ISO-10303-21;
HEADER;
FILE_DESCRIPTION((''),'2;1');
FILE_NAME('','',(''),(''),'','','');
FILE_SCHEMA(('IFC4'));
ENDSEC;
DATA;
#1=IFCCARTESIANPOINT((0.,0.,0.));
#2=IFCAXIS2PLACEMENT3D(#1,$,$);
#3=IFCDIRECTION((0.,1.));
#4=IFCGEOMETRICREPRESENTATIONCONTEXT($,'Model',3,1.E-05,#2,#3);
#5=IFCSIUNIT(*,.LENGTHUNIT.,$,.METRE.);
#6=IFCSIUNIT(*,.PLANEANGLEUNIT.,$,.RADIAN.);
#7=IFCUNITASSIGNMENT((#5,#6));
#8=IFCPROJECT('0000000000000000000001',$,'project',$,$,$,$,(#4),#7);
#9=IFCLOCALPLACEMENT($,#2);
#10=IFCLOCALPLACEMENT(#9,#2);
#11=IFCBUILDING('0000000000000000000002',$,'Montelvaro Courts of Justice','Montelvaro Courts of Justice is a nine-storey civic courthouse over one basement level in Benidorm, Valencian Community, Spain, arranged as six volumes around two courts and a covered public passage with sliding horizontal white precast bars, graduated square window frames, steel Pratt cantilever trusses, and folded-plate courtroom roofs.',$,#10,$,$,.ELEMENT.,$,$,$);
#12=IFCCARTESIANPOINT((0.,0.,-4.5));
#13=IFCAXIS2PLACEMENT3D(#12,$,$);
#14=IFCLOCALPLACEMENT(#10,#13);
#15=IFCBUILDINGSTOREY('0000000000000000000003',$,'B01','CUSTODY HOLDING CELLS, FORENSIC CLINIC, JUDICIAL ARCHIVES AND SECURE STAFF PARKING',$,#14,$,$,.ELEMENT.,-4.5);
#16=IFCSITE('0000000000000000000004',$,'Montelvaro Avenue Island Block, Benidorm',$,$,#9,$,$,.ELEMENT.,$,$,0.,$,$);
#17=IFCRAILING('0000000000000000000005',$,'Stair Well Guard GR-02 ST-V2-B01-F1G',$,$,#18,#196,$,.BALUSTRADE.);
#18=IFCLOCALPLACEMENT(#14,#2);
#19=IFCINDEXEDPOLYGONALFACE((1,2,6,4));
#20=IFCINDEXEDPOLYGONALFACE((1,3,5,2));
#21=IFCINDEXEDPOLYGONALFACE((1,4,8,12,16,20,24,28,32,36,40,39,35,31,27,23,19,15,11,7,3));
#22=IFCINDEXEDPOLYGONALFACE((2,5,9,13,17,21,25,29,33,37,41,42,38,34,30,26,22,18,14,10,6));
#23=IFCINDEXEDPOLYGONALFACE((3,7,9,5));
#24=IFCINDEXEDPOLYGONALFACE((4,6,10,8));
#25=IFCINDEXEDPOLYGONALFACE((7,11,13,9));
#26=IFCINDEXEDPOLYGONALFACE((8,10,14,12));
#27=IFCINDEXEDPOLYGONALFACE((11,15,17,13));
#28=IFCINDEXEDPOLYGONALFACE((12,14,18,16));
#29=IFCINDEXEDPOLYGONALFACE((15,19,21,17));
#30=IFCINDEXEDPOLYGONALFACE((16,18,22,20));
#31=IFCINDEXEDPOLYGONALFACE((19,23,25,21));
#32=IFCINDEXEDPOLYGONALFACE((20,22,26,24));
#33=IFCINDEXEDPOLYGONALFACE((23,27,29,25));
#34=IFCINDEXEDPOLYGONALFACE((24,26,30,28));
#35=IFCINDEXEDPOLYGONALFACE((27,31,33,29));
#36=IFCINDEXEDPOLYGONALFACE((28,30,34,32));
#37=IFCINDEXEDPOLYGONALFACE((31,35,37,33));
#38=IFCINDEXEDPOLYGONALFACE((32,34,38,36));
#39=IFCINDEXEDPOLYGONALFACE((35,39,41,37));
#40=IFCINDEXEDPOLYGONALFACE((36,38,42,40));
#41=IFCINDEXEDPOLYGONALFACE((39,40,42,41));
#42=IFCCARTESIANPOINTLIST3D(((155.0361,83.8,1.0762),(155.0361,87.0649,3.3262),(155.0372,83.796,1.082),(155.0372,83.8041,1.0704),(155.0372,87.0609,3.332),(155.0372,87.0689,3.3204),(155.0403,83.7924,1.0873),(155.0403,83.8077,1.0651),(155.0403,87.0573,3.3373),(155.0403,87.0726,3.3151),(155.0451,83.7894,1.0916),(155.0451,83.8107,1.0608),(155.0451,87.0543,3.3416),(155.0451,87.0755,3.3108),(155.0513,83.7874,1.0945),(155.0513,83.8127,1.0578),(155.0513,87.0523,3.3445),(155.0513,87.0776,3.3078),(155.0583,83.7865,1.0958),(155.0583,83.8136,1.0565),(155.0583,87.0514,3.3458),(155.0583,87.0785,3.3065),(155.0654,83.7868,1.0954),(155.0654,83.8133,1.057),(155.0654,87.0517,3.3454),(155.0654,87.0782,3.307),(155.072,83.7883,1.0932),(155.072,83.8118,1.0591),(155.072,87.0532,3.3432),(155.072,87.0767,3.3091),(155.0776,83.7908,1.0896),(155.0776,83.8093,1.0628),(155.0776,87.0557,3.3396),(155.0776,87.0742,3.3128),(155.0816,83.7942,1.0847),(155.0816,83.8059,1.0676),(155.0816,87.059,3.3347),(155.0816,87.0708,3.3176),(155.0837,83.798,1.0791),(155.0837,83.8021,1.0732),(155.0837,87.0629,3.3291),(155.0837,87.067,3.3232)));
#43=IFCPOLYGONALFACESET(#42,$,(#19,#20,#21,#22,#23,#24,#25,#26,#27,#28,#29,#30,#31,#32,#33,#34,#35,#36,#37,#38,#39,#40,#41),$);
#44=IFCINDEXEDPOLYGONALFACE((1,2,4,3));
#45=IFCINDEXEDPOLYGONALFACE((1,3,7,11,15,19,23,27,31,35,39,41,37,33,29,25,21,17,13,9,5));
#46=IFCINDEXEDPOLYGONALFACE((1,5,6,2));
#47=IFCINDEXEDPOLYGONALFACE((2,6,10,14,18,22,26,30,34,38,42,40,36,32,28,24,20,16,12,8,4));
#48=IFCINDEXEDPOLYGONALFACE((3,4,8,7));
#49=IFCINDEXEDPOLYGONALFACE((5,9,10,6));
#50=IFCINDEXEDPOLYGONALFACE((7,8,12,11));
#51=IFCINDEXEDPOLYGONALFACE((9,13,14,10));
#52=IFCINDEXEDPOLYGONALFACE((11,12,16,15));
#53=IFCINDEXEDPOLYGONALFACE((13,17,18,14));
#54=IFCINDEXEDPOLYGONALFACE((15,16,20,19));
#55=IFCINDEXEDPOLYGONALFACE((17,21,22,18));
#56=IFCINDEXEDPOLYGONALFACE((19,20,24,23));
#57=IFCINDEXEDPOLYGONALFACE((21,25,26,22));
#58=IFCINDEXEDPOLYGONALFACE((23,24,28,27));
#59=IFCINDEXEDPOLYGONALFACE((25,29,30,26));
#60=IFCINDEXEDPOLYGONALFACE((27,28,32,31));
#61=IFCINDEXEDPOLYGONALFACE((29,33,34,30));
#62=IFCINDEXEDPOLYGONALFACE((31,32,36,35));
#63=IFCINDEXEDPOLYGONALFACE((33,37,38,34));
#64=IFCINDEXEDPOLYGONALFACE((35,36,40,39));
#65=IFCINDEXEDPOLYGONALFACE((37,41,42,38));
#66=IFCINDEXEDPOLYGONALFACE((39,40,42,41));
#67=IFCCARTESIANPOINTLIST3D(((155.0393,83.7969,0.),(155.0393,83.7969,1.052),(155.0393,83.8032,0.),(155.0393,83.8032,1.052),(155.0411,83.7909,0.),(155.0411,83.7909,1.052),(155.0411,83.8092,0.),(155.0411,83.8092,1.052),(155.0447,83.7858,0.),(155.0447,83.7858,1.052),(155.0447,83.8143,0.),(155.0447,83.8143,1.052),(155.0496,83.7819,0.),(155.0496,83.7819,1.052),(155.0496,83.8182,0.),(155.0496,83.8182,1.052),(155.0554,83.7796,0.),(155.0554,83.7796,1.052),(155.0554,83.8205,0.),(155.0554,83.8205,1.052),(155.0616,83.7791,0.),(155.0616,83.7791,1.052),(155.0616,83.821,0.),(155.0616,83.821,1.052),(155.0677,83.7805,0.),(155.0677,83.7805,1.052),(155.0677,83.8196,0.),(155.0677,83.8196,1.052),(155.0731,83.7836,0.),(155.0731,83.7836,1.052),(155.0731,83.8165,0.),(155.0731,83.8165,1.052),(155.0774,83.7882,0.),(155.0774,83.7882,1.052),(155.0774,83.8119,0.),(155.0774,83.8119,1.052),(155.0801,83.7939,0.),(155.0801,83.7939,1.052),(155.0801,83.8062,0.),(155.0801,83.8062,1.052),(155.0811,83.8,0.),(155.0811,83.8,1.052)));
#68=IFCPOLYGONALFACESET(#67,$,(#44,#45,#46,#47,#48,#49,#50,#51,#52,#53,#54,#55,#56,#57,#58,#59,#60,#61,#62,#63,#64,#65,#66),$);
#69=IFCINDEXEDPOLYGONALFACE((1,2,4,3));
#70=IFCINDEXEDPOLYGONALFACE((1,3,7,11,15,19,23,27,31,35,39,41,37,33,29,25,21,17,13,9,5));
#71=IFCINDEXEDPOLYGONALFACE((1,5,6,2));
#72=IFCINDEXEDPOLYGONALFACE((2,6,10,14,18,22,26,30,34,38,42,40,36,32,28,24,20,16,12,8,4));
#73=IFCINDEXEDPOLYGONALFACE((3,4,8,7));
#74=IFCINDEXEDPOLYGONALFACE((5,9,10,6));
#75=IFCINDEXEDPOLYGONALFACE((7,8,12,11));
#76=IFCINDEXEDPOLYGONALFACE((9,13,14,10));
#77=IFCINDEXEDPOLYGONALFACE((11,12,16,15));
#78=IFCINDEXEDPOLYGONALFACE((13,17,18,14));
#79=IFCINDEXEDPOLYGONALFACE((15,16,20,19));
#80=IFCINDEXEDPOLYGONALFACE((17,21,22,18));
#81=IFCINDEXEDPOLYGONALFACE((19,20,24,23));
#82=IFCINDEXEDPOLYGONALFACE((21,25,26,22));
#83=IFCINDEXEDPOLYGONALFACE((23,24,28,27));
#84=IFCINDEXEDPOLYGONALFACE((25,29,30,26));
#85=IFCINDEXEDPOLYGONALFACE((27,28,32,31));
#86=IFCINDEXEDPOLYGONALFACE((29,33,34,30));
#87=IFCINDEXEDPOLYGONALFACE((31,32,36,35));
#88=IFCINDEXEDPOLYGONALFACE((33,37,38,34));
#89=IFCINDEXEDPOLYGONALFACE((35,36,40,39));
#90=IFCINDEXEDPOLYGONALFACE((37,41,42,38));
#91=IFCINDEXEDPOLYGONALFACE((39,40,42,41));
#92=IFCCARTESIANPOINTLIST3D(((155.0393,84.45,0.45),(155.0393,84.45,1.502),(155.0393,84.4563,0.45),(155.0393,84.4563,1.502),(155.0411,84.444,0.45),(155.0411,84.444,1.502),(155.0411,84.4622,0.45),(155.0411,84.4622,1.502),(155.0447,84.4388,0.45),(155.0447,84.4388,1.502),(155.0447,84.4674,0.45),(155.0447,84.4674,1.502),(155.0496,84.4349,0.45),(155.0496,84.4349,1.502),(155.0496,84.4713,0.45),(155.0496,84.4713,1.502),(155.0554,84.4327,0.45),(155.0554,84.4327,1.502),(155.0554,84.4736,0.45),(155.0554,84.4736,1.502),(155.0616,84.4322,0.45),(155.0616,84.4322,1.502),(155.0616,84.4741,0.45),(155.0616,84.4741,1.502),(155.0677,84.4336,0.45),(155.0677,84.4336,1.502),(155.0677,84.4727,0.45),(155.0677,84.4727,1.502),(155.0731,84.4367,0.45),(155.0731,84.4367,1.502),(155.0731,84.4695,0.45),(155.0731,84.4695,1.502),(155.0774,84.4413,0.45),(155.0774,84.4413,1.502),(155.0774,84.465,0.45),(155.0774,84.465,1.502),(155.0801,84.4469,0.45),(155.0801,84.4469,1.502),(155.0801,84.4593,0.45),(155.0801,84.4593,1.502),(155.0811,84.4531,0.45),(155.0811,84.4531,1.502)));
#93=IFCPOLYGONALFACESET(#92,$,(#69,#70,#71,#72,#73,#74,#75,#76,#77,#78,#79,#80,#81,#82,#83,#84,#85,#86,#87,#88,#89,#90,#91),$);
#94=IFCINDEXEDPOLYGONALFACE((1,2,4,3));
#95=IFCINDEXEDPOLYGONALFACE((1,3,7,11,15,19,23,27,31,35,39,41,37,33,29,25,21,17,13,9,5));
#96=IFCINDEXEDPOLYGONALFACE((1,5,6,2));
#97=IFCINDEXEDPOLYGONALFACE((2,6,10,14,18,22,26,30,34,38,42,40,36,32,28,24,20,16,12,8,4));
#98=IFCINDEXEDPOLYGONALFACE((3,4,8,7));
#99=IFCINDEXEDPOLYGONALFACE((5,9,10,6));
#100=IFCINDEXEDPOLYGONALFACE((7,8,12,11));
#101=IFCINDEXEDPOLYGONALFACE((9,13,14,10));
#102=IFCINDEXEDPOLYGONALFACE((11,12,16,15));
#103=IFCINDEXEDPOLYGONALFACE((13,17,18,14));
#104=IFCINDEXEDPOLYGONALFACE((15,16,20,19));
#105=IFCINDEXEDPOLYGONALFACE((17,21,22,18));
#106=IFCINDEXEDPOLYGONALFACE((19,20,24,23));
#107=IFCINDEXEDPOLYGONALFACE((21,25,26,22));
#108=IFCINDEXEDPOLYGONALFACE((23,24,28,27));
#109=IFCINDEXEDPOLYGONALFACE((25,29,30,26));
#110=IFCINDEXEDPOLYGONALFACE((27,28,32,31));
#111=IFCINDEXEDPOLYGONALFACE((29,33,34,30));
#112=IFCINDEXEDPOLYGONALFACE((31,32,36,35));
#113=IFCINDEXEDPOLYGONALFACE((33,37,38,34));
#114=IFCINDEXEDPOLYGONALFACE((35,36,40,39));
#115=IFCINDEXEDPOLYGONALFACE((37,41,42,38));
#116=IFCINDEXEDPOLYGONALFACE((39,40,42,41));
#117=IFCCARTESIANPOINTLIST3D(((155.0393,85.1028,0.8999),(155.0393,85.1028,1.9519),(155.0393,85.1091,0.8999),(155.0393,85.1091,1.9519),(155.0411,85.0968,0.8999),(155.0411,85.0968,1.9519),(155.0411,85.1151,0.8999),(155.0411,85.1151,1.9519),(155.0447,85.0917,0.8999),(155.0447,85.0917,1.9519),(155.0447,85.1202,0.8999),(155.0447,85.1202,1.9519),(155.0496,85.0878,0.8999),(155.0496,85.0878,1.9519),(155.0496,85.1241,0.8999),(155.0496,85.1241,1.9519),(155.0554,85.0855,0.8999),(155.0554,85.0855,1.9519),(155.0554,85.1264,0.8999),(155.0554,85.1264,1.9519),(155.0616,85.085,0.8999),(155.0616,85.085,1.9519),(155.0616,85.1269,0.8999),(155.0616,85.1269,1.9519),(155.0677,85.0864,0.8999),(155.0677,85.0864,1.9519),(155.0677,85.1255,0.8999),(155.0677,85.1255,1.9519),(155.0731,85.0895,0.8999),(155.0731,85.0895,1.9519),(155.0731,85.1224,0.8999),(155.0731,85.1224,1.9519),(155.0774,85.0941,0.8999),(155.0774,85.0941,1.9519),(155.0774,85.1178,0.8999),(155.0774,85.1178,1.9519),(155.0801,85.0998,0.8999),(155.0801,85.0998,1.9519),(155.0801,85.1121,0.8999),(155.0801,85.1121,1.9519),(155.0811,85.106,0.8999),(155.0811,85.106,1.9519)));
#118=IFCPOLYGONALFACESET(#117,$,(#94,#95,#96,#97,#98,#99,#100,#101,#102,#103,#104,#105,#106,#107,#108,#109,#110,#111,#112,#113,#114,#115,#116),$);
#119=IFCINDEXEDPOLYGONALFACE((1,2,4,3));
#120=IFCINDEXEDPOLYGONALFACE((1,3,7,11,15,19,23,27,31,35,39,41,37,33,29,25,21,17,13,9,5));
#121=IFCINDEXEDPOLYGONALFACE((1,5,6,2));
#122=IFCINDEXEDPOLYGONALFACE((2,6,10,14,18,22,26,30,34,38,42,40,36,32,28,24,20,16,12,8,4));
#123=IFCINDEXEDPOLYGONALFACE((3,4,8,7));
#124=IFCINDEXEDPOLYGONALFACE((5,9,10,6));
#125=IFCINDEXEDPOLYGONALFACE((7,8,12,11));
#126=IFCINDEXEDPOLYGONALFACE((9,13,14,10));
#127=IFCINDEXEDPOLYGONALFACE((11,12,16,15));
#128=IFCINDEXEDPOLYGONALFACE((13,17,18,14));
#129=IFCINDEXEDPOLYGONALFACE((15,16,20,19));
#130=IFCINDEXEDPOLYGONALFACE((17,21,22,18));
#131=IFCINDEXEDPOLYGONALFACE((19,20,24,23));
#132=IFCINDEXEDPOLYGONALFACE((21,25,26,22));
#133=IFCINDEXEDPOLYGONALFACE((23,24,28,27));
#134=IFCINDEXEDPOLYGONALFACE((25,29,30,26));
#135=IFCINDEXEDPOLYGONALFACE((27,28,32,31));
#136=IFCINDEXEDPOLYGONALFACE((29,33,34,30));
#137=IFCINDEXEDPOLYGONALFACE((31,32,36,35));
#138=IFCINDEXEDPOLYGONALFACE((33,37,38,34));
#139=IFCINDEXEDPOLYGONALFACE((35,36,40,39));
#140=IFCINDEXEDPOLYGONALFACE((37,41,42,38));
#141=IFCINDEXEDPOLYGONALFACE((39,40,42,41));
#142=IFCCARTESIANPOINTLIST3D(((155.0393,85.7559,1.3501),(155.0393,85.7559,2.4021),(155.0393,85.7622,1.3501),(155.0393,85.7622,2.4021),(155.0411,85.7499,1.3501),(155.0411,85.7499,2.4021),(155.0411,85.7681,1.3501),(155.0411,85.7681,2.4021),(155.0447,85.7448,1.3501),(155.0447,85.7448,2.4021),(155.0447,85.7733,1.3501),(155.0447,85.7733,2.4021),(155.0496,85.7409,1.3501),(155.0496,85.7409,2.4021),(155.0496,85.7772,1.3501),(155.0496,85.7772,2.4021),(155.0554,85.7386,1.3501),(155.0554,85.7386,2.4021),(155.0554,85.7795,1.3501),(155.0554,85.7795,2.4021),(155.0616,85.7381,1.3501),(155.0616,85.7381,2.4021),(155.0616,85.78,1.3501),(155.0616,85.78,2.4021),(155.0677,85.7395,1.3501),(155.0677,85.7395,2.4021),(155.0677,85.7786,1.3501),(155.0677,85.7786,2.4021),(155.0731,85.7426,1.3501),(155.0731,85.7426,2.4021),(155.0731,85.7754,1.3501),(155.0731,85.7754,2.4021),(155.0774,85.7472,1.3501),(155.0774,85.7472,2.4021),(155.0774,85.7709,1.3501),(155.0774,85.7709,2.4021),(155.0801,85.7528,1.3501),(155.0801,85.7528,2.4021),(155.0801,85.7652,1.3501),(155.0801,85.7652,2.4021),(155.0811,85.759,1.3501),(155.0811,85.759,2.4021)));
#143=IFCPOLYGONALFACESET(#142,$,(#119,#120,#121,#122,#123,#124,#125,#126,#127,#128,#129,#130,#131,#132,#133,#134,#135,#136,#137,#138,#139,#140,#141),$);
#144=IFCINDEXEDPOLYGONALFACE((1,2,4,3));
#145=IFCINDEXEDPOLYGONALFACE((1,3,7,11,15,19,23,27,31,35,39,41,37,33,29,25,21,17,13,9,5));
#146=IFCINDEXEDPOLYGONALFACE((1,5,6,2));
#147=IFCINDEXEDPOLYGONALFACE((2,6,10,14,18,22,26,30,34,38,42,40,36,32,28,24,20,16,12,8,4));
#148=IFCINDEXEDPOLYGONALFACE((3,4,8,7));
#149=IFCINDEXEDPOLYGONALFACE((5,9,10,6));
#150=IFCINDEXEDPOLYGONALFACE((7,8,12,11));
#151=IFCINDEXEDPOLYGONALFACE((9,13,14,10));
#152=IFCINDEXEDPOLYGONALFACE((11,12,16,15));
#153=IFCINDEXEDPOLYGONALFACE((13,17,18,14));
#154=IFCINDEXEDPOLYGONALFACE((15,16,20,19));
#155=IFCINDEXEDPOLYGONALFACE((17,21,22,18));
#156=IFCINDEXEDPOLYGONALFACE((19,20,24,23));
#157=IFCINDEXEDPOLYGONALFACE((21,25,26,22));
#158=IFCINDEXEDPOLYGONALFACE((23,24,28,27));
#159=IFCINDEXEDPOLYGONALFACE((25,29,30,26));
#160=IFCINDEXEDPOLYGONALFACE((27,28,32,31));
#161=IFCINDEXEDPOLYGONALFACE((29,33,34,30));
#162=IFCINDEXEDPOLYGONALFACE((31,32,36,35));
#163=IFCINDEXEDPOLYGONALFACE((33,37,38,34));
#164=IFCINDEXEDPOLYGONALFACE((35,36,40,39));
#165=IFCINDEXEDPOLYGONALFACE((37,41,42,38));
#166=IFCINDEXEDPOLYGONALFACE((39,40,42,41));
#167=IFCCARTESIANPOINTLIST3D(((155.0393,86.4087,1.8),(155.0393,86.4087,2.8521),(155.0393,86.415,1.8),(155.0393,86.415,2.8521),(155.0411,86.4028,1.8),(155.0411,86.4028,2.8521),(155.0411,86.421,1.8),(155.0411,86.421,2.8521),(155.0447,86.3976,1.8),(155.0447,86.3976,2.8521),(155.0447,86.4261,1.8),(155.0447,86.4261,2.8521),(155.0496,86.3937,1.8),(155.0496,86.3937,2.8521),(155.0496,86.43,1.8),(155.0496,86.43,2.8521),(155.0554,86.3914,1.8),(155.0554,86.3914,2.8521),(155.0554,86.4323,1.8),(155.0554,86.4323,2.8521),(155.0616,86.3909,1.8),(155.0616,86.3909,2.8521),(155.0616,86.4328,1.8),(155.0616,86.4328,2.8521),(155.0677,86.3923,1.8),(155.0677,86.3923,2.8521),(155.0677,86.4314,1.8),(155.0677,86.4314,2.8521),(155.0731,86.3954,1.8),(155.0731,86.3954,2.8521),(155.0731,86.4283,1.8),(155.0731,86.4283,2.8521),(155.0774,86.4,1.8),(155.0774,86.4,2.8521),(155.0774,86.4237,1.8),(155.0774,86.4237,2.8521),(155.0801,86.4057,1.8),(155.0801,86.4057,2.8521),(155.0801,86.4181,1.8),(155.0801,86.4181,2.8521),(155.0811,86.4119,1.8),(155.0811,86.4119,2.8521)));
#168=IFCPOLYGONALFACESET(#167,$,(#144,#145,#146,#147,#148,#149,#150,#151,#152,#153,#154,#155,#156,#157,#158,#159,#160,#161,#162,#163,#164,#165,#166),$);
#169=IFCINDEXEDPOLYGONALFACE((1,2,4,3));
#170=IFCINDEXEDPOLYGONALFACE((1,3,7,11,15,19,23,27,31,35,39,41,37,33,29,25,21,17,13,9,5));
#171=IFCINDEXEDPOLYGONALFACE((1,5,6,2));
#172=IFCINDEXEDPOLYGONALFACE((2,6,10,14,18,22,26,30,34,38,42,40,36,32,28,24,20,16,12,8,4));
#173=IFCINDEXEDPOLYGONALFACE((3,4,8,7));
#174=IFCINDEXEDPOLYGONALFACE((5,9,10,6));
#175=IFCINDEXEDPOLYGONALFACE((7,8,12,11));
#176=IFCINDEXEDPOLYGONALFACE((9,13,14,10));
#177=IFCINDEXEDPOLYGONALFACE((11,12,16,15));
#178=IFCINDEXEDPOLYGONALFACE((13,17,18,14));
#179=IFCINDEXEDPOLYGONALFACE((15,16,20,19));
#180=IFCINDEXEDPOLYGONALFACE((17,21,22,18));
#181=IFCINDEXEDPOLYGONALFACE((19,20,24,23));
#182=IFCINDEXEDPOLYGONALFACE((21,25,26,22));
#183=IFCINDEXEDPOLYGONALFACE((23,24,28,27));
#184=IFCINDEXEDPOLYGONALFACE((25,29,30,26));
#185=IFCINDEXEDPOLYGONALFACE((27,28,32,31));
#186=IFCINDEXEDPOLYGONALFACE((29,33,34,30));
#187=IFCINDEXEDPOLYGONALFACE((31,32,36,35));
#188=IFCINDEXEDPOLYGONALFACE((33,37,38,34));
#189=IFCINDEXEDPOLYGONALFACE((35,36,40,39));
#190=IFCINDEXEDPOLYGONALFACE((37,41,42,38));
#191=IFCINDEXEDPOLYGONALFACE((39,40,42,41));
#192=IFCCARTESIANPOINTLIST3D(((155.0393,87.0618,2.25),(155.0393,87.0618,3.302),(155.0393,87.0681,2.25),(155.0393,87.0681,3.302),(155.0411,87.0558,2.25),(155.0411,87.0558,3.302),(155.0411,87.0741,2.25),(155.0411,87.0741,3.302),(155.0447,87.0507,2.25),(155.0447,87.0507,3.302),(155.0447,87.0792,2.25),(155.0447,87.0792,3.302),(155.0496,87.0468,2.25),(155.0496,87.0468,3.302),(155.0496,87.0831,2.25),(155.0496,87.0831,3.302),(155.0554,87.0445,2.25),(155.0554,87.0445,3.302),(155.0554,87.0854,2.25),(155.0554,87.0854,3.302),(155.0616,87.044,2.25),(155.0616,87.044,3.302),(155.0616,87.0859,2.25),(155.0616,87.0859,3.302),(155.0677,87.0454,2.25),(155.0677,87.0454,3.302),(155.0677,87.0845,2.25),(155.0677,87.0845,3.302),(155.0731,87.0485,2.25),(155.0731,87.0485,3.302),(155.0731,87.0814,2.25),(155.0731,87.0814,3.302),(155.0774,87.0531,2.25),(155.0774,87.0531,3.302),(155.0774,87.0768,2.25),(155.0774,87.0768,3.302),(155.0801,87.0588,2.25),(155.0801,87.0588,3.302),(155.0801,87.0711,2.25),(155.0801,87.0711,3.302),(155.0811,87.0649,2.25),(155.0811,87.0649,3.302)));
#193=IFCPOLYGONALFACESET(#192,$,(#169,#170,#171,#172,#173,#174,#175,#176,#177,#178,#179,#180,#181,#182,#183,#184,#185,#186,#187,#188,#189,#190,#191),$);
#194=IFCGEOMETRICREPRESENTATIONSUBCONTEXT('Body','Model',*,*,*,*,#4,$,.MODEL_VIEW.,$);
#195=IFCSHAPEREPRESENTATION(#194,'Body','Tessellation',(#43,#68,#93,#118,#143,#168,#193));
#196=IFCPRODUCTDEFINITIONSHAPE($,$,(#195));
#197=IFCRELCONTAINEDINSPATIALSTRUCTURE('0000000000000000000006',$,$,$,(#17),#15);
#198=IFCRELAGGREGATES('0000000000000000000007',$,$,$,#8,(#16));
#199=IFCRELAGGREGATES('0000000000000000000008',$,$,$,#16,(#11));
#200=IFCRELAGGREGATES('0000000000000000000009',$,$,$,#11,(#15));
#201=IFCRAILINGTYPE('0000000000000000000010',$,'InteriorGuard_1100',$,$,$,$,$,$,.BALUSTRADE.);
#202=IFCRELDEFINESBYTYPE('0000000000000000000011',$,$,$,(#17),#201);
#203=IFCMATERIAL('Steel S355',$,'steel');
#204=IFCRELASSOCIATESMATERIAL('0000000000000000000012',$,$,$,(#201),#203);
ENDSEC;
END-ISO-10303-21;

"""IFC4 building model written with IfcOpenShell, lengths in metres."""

from ifc_helpers import new_model, si_unit, direction, frame, origin, origin_2d, place, context, subcontext, project, spatial, circle, extrude, material, type_object, element, save


model = new_model("IFC4")

# Units and contexts
model_context = context("Model", 3, precision=1e-05, world=origin(), true_north=direction((0.0, 1.0)))
body_context = subcontext(model_context, "Body", "Model", "MODEL_VIEW")
ifc_project = project(units=[si_unit("LENGTHUNIT", "METRE"), si_unit("PLANEANGLEUNIT", "RADIAN")], contexts=[model_context])

# Site, building, storey
site_placement = place(None, origin())
site = spatial("IfcSite", under=ifc_project, at=site_placement, Name="Montelvaro Avenue Island Block, Benidorm", CompositionType="ELEMENT", RefElevation=0.0)
building_placement = place(site_placement, origin())
building = spatial("IfcBuilding", under=site, at=building_placement, Name="Montelvaro Courts of Justice", Description="Montelvaro Courts of Justice is a nine-storey civic courthouse over one basement level in Benidorm, Valencian Community, Spain, arranged as six volumes around two courts and a covered public passage with sliding horizontal white precast bars, graduated square window frames, steel Pratt cantilever trusses, and folded-plate courtroom roofs.", CompositionType="ELEMENT")
storey_placement = place(building_placement, frame((0.0, 0.0, -4.5)))
storey = spatial("IfcBuildingStorey", under=building, at=storey_placement, Name="B01", Description="CUSTODY HOLDING CELLS, FORENSIC CLINIC, JUDICIAL ARCHIVES AND SECURE STAFF PARKING", CompositionType="ELEMENT", Elevation=-4.5)

# Shared definitions
ifc_material_1 = material(Name="Steel S355", Category="steel")

# Railing
railing_type_1 = type_object("IfcRailingType", Name="InteriorGuard_1100", PredefinedType="BALUSTRADE", material=ifc_material_1)
railing_1_placement = place(storey_placement, frame((155.0601, 83.8, 0.0)))
element("IfcRailing", 1, at=railing_1_placement, inside=storey, type_object=railing_type_1, Name="Stair Well Guard GR-02 ST-V2-B01-F1G", PredefinedType="BALUSTRADE", context=body_context, shape_type="SweptSolid", body=[
    extrude(circle(Radius=0.0239, at=origin_2d()), frame((0.0, 0.0, 1.0762), z_axis=(0.0, 0.823407, 0.567451), x_axis=(-1.0, 0.0, 0.0)), (0.0, 0.0, 1.0), 3.9651),
    extrude(circle(Radius=0.021, at=origin_2d()), origin(), (0.0, 0.0, 1.0), 1.052),
    extrude(circle(Radius=0.021, at=origin_2d()), frame((0.0, 0.6531, 0.45)), (0.0, 0.0, 1.0), 1.052),
    extrude(circle(Radius=0.021, at=origin_2d()), frame((0.0, 1.3059, 0.8999)), (0.0, 0.0, 1.0), 1.052),
    extrude(circle(Radius=0.021, at=origin_2d()), frame((0.0, 1.959, 1.3501)), (0.0, 0.0, 1.0), 1.052),
    extrude(circle(Radius=0.021, at=origin_2d()), frame((0.0, 2.6118, 1.8)), (0.0, 0.0, 1.0), 1.052),
    extrude(circle(Radius=0.021, at=origin_2d()), frame((0.0, 3.2649, 2.25)), (0.0, 0.0, 1.0), 1.052),
])

save(model, "model.ifc")
